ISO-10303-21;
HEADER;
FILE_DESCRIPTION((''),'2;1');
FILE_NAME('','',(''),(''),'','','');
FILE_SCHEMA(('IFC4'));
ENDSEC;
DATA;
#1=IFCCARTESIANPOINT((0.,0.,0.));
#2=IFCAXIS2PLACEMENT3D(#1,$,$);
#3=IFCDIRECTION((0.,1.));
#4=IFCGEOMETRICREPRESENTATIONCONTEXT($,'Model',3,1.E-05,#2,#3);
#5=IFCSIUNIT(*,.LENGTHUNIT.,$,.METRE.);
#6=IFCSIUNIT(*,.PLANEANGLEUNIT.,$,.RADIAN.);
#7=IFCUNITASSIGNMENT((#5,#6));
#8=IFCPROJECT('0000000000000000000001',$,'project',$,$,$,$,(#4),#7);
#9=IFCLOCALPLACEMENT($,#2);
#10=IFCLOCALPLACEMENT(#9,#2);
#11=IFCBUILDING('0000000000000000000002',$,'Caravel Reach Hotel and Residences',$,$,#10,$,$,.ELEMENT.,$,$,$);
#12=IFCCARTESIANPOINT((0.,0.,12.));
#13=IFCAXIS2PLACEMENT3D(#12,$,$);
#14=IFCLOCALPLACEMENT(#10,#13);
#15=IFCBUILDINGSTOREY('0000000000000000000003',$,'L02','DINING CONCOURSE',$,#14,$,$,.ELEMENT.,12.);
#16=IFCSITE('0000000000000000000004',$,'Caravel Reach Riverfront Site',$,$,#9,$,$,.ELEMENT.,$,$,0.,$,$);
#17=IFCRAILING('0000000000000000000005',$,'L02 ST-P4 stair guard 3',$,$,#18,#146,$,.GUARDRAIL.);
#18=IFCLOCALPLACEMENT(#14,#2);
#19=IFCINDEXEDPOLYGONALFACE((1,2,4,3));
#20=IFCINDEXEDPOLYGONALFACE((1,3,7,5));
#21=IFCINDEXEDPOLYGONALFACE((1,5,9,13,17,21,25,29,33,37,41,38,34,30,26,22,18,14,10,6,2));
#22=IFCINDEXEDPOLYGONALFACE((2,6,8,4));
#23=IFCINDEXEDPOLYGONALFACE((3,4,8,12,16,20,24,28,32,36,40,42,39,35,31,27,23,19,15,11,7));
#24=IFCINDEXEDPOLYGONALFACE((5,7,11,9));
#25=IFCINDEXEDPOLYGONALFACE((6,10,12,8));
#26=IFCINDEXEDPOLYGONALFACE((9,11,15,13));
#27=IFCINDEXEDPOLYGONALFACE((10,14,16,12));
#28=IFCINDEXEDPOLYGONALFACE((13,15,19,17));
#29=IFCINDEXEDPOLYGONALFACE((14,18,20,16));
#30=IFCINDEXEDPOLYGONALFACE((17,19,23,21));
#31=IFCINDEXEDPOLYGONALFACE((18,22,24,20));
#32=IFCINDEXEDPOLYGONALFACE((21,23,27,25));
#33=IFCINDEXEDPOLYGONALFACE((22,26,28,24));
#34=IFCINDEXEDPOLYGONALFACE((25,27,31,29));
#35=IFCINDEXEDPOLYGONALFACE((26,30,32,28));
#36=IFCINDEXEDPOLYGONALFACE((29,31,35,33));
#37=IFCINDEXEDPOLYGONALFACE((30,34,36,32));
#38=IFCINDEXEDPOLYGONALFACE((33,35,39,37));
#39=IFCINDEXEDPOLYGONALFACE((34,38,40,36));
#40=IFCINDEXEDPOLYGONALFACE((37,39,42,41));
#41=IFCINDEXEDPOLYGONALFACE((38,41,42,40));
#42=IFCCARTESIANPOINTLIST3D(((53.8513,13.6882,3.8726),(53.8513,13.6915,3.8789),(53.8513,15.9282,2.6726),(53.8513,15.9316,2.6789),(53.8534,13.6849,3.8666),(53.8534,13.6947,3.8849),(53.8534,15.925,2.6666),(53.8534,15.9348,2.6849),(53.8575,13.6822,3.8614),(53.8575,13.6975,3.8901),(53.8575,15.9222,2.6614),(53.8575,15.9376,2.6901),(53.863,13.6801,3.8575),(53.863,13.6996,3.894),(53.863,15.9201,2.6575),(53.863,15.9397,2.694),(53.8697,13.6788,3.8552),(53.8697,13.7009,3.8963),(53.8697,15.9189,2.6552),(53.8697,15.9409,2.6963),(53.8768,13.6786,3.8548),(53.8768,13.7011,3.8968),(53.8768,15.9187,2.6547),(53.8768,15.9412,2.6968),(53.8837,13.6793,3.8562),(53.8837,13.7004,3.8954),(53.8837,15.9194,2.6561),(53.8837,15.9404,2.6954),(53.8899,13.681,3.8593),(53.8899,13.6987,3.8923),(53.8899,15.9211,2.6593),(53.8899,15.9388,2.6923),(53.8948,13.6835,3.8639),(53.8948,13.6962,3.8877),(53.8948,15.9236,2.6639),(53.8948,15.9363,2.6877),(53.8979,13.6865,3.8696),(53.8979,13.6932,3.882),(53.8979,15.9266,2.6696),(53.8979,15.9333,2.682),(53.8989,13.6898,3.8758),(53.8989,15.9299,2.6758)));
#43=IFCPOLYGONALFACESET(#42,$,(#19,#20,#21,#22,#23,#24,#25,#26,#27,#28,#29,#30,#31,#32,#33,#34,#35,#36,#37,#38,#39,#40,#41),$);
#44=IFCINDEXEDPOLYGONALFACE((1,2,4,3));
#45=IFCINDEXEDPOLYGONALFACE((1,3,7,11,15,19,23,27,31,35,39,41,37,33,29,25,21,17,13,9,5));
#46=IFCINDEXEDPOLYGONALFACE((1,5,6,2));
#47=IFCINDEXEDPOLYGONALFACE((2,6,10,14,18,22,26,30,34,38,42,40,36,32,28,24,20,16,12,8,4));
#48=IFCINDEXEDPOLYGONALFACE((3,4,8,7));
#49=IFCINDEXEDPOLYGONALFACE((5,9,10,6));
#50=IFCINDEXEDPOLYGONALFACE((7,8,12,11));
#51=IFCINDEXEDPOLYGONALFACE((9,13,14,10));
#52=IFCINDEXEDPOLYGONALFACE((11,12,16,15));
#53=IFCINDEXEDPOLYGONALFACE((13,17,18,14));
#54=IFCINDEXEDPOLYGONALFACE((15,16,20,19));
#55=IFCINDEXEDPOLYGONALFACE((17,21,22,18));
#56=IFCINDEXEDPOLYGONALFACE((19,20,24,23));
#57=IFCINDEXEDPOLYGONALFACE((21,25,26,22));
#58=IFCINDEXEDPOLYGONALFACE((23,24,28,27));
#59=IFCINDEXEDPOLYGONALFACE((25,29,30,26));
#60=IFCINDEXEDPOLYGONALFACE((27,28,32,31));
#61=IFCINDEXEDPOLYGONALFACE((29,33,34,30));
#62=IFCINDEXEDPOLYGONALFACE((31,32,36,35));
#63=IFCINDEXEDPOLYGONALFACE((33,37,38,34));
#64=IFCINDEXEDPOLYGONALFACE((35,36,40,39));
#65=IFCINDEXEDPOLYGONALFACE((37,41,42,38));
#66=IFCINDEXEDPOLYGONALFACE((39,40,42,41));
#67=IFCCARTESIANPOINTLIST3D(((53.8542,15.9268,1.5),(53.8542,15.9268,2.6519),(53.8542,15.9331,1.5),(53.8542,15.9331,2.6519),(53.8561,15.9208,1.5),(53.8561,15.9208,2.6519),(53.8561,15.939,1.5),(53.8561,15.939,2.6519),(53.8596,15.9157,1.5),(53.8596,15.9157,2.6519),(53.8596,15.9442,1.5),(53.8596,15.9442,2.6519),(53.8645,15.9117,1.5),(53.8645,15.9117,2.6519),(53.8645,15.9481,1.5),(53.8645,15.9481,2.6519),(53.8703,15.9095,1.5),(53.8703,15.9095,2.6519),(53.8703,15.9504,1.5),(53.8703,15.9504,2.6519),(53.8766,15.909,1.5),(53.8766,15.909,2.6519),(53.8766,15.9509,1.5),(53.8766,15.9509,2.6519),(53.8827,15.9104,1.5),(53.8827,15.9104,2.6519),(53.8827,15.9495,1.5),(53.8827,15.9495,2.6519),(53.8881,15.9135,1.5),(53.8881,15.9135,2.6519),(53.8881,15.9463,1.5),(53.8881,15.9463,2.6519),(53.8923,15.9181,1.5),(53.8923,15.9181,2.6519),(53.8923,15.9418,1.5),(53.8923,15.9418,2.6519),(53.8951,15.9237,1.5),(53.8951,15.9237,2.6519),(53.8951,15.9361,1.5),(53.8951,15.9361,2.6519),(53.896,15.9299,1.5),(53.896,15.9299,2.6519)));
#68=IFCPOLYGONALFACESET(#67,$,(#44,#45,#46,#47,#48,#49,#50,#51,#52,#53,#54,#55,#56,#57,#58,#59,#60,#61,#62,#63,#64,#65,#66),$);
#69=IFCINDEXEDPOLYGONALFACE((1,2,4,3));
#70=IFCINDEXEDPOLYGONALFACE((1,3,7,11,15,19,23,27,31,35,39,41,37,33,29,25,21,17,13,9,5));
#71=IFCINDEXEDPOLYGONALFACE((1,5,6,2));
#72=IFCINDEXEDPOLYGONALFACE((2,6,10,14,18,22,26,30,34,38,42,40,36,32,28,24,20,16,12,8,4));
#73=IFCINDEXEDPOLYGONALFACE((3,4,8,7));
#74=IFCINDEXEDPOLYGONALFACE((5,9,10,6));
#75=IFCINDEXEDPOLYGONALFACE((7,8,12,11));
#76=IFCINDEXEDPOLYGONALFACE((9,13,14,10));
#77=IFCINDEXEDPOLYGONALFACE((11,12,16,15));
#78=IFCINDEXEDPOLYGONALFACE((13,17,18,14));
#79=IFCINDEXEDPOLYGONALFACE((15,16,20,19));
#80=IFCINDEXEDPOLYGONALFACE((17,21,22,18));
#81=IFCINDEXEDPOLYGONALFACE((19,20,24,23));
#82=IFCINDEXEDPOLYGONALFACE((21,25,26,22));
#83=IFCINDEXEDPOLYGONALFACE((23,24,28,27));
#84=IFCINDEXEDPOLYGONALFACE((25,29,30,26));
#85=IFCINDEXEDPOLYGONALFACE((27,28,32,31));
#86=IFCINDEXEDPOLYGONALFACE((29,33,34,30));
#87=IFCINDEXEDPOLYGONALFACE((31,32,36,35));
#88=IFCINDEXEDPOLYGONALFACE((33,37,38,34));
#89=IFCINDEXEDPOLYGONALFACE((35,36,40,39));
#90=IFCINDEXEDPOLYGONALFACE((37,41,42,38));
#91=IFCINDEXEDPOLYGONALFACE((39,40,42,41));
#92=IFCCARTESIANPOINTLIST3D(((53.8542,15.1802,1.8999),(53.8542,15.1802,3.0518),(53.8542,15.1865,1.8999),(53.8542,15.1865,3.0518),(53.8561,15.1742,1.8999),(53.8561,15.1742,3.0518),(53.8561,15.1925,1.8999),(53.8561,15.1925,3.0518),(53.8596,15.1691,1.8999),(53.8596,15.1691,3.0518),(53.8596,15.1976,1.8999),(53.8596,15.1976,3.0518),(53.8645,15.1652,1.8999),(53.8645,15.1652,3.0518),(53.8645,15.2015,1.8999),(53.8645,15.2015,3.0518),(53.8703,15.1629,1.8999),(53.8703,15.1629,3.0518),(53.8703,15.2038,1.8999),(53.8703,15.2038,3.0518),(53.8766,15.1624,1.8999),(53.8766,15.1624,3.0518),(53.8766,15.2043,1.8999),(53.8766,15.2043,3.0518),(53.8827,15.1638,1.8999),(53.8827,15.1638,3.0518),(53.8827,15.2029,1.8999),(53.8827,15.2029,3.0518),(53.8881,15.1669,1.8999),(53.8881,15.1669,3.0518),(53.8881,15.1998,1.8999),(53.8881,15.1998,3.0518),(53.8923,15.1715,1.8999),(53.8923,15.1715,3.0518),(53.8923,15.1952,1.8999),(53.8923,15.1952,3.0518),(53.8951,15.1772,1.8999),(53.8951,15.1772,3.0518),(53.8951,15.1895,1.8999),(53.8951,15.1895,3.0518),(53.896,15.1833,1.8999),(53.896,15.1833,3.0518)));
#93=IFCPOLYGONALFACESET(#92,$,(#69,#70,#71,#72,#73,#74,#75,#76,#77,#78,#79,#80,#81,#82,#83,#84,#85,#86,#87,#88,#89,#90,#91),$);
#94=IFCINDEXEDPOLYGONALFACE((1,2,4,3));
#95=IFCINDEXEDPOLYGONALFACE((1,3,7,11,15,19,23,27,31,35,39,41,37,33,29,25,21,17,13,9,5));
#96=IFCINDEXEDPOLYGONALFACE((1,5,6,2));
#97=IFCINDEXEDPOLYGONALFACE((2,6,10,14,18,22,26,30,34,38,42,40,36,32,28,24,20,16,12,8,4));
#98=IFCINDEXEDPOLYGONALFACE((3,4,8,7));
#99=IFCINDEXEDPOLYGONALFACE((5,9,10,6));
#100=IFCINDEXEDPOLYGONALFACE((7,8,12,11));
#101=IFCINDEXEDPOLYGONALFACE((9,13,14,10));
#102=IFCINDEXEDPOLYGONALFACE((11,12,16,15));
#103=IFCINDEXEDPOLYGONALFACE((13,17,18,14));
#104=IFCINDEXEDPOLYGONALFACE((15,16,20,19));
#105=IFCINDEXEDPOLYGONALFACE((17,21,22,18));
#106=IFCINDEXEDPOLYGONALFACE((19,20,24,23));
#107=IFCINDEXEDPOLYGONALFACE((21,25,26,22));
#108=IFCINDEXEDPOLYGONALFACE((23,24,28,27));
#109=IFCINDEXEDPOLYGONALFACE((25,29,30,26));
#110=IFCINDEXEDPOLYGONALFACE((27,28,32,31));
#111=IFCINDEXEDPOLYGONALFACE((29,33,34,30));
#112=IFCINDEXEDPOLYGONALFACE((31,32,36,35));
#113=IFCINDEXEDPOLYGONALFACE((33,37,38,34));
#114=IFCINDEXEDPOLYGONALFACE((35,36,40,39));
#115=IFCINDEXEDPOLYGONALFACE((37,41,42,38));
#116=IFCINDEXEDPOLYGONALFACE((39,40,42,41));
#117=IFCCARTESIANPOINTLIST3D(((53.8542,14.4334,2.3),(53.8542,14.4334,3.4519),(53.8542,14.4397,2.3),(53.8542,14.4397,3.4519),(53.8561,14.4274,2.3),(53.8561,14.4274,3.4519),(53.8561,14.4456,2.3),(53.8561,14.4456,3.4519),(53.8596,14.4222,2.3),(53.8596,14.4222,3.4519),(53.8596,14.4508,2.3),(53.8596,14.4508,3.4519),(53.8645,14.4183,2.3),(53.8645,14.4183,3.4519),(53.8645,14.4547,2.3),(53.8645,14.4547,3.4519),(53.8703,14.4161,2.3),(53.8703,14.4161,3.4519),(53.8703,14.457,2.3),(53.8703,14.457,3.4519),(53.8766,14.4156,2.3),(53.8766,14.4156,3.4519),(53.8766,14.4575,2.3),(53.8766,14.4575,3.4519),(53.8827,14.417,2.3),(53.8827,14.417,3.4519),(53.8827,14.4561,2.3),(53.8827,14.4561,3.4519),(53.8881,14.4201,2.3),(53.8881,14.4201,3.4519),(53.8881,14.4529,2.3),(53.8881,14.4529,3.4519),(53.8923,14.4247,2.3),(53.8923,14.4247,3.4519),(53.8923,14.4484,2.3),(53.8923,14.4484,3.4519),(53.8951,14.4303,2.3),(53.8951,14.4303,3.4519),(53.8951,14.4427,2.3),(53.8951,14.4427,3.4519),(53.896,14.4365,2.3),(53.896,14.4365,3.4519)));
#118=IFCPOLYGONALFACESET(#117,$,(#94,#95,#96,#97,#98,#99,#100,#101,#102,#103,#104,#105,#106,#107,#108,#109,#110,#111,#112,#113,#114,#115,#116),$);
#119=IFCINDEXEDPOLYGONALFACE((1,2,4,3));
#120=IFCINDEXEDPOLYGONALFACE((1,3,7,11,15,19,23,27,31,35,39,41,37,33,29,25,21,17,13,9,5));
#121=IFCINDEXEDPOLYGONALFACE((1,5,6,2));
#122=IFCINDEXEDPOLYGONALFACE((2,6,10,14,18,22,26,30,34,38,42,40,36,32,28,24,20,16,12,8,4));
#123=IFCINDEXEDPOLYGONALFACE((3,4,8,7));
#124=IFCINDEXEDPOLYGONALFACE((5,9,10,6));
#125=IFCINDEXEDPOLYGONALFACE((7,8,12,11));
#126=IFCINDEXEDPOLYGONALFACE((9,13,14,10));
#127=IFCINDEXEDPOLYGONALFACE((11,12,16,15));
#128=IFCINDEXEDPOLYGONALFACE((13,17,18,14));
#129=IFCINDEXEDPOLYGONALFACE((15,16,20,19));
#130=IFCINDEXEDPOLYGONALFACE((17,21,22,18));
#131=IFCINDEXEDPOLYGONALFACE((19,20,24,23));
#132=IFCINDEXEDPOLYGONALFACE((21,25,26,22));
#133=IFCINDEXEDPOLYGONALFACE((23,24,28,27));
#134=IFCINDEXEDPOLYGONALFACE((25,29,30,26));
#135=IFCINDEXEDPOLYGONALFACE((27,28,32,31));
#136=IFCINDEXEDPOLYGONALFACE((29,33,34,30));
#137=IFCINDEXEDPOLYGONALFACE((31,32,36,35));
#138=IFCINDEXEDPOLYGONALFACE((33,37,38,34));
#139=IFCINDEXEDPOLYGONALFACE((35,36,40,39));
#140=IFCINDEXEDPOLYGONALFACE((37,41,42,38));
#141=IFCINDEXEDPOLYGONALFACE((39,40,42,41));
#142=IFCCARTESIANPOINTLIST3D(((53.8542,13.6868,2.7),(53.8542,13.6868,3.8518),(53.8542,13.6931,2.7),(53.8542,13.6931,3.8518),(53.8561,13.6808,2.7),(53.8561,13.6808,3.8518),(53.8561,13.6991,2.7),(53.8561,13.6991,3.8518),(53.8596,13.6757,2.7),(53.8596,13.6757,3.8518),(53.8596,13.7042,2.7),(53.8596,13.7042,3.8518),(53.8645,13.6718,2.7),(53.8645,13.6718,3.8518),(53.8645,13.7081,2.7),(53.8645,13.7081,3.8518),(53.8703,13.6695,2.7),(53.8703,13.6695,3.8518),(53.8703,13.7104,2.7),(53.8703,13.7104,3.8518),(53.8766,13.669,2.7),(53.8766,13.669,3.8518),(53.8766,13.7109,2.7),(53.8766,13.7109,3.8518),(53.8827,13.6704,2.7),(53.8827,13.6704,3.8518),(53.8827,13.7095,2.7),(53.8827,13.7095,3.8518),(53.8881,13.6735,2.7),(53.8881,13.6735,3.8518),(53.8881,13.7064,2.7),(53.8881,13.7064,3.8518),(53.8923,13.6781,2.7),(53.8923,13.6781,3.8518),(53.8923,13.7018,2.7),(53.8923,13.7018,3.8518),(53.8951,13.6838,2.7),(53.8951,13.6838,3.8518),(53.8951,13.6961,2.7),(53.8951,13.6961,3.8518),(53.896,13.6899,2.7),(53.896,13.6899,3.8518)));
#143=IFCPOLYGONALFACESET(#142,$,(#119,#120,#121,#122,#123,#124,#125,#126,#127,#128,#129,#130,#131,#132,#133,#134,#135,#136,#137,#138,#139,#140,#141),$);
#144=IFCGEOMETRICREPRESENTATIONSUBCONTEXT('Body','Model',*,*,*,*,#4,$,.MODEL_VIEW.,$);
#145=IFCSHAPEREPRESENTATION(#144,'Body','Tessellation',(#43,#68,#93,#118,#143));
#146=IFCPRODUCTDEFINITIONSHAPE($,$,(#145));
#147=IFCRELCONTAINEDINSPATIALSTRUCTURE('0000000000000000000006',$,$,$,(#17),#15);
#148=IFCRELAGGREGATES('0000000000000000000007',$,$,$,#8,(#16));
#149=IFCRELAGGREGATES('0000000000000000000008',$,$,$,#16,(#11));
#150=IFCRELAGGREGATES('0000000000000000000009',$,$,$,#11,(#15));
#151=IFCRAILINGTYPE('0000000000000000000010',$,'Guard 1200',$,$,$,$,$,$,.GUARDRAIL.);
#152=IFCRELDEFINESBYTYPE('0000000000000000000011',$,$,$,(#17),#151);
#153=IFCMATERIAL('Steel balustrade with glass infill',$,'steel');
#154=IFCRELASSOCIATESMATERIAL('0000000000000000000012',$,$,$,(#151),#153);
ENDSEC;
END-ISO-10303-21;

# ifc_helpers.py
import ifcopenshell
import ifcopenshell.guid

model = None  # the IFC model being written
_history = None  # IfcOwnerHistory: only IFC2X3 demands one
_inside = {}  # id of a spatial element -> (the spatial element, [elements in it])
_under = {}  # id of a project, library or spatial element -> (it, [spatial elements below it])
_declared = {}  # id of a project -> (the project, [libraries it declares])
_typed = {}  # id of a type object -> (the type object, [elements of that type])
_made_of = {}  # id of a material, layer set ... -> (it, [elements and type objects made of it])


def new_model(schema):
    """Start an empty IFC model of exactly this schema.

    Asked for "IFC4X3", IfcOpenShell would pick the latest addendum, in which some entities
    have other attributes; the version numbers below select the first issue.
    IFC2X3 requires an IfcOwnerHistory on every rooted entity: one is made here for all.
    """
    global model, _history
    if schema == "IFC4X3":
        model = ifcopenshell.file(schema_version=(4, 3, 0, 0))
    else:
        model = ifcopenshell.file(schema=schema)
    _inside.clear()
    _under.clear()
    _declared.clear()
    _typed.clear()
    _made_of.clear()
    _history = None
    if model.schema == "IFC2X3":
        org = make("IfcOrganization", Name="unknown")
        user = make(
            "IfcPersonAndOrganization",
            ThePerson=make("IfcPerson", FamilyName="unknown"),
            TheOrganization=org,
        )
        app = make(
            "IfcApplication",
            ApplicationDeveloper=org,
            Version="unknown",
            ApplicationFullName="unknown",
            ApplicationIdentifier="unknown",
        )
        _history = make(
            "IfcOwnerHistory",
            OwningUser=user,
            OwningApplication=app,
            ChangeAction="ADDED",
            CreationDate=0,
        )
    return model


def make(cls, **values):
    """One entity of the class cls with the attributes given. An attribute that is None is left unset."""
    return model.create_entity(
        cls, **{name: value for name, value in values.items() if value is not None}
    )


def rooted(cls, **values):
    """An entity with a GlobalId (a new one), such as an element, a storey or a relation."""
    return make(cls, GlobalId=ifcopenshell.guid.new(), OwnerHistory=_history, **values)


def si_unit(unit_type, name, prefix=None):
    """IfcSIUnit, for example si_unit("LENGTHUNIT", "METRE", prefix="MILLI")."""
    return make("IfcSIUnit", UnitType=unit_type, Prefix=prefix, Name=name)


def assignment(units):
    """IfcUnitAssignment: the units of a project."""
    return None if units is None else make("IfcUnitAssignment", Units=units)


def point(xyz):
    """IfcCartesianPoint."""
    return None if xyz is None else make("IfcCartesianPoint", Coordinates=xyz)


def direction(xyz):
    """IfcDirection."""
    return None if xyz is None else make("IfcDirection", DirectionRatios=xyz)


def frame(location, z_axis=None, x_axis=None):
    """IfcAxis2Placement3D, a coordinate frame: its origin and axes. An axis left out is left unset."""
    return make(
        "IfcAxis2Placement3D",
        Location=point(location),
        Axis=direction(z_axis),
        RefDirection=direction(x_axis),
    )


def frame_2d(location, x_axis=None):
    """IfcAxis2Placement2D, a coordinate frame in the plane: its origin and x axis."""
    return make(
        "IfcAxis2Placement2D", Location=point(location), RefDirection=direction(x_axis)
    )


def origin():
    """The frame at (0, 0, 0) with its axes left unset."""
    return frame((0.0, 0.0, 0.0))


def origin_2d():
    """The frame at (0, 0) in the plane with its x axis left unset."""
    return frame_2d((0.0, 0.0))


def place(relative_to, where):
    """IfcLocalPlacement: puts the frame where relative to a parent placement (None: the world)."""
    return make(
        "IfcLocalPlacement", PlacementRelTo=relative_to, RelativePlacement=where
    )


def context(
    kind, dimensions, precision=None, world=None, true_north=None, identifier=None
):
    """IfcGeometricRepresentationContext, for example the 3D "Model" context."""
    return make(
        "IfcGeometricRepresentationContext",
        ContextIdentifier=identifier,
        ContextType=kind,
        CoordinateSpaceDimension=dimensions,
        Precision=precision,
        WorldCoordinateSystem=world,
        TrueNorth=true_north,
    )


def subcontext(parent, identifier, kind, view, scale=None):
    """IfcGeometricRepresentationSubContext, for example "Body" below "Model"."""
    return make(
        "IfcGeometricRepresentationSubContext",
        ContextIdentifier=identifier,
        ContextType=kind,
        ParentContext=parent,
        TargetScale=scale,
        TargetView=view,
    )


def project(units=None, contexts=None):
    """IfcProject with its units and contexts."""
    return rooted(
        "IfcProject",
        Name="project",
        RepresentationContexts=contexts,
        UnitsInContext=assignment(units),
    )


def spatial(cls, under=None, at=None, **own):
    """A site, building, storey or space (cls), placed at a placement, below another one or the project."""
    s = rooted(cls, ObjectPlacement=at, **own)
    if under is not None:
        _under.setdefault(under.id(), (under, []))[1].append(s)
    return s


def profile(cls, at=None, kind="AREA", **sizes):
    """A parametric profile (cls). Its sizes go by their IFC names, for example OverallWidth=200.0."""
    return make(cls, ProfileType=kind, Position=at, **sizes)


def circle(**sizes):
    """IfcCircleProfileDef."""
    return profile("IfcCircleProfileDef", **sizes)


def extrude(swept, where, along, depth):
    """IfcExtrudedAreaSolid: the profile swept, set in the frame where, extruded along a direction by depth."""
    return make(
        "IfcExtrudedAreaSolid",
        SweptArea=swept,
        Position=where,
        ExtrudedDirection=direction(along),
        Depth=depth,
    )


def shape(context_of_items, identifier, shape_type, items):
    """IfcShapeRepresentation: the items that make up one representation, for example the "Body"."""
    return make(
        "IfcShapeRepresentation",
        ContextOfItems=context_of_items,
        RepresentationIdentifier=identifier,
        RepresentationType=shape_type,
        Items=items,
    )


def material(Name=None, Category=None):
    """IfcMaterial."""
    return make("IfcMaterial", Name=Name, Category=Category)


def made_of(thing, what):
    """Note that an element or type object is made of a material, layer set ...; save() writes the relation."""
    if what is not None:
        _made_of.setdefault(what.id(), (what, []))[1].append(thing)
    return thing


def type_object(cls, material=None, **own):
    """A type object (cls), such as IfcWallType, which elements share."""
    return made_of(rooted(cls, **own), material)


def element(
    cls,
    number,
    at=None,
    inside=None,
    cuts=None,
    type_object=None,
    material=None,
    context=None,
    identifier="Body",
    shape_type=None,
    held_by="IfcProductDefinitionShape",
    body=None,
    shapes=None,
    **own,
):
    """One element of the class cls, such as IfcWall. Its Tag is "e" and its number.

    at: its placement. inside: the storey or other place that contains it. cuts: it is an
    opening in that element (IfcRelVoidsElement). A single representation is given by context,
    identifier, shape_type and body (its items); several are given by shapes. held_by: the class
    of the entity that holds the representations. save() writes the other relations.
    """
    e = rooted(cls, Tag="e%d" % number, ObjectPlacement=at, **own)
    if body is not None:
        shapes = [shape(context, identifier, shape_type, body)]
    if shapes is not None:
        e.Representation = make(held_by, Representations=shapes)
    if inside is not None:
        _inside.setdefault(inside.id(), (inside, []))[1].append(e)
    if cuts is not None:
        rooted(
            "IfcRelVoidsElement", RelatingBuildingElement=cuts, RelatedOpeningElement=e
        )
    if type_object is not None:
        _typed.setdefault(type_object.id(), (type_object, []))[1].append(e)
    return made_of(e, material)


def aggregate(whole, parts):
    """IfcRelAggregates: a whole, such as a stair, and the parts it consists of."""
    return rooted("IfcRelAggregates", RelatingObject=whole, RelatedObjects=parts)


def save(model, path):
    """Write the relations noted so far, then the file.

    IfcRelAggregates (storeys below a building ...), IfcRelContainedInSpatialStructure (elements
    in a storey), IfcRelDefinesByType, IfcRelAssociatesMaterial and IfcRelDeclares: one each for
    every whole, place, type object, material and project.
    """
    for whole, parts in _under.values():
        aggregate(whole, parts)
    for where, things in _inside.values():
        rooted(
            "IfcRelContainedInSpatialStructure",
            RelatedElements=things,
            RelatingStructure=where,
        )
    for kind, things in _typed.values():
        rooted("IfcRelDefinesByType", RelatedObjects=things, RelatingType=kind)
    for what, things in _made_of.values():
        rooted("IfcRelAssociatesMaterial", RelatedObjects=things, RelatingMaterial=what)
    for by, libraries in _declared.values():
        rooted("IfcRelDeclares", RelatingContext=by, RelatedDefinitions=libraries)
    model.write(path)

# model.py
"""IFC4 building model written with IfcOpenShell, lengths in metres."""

from ifc_helpers import new_model, si_unit, direction, frame, origin, origin_2d, place, context, subcontext, project, spatial, circle, extrude, material, type_object, element, save


model = new_model("IFC4")

# Units and contexts
model_context = context("Model", 3, precision=1e-05, world=origin(), true_north=direction((0.0, 1.0)))
body_context = subcontext(model_context, "Body", "Model", "MODEL_VIEW")
ifc_project = project(units=[si_unit("LENGTHUNIT", "METRE"), si_unit("PLANEANGLEUNIT", "RADIAN")], contexts=[model_context])

# Site, building, storey
site_placement = place(None, origin())
site = spatial("IfcSite", under=ifc_project, at=site_placement, Name="Caravel Reach Riverfront Site", CompositionType="ELEMENT", RefElevation=0.0)
building_placement = place(site_placement, origin())
building = spatial("IfcBuilding", under=site, at=building_placement, Name="Caravel Reach Hotel and Residences", CompositionType="ELEMENT")
storey_placement = place(building_placement, frame((0.0, 0.0, 12.0)))
storey = spatial("IfcBuildingStorey", under=building, at=storey_placement, Name="L02", Description="DINING CONCOURSE", CompositionType="ELEMENT", Elevation=12.0)

# Railing
ifc_material_1 = material(Name="Steel balustrade with glass infill", Category="steel")
railing_type_1 = type_object("IfcRailingType", Name="Guard 1200", PredefinedType="GUARDRAIL", material=ifc_material_1)
railing_1_placement = place(storey_placement, frame((53.875, 15.9299, 1.5)))
element("IfcRailing", 1, at=railing_1_placement, inside=storey, type_object=railing_type_1, Name="L02 ST-P4 stair guard 3", PredefinedType="GUARDRAIL", context=body_context, shape_type="SweptSolid", body=[
    extrude(circle(Radius=0.0239, at=origin_2d()), frame((0.0, 0.0, 1.1758), z_axis=(0.0, -0.881487, 0.472208), x_axis=(1.0, 0.0, 0.0)), (0.0, 0.0, 1.0), 2.5413),
    extrude(circle(Radius=0.021, at=origin_2d()), origin(), (0.0, 0.0, 1.0), 1.1519),
    extrude(circle(Radius=0.021, at=origin_2d()), frame((0.0, -0.7466, 0.3999)), (0.0, 0.0, 1.0), 1.1519),
    extrude(circle(Radius=0.021, at=origin_2d()), frame((0.0, -1.4934, 0.8)), (0.0, 0.0, 1.0), 1.1519),
    extrude(circle(Radius=0.021, at=origin_2d()), frame((0.0, -2.24, 1.2)), (0.0, 0.0, 1.0), 1.1519),
])

save(model, "model.ifc")
